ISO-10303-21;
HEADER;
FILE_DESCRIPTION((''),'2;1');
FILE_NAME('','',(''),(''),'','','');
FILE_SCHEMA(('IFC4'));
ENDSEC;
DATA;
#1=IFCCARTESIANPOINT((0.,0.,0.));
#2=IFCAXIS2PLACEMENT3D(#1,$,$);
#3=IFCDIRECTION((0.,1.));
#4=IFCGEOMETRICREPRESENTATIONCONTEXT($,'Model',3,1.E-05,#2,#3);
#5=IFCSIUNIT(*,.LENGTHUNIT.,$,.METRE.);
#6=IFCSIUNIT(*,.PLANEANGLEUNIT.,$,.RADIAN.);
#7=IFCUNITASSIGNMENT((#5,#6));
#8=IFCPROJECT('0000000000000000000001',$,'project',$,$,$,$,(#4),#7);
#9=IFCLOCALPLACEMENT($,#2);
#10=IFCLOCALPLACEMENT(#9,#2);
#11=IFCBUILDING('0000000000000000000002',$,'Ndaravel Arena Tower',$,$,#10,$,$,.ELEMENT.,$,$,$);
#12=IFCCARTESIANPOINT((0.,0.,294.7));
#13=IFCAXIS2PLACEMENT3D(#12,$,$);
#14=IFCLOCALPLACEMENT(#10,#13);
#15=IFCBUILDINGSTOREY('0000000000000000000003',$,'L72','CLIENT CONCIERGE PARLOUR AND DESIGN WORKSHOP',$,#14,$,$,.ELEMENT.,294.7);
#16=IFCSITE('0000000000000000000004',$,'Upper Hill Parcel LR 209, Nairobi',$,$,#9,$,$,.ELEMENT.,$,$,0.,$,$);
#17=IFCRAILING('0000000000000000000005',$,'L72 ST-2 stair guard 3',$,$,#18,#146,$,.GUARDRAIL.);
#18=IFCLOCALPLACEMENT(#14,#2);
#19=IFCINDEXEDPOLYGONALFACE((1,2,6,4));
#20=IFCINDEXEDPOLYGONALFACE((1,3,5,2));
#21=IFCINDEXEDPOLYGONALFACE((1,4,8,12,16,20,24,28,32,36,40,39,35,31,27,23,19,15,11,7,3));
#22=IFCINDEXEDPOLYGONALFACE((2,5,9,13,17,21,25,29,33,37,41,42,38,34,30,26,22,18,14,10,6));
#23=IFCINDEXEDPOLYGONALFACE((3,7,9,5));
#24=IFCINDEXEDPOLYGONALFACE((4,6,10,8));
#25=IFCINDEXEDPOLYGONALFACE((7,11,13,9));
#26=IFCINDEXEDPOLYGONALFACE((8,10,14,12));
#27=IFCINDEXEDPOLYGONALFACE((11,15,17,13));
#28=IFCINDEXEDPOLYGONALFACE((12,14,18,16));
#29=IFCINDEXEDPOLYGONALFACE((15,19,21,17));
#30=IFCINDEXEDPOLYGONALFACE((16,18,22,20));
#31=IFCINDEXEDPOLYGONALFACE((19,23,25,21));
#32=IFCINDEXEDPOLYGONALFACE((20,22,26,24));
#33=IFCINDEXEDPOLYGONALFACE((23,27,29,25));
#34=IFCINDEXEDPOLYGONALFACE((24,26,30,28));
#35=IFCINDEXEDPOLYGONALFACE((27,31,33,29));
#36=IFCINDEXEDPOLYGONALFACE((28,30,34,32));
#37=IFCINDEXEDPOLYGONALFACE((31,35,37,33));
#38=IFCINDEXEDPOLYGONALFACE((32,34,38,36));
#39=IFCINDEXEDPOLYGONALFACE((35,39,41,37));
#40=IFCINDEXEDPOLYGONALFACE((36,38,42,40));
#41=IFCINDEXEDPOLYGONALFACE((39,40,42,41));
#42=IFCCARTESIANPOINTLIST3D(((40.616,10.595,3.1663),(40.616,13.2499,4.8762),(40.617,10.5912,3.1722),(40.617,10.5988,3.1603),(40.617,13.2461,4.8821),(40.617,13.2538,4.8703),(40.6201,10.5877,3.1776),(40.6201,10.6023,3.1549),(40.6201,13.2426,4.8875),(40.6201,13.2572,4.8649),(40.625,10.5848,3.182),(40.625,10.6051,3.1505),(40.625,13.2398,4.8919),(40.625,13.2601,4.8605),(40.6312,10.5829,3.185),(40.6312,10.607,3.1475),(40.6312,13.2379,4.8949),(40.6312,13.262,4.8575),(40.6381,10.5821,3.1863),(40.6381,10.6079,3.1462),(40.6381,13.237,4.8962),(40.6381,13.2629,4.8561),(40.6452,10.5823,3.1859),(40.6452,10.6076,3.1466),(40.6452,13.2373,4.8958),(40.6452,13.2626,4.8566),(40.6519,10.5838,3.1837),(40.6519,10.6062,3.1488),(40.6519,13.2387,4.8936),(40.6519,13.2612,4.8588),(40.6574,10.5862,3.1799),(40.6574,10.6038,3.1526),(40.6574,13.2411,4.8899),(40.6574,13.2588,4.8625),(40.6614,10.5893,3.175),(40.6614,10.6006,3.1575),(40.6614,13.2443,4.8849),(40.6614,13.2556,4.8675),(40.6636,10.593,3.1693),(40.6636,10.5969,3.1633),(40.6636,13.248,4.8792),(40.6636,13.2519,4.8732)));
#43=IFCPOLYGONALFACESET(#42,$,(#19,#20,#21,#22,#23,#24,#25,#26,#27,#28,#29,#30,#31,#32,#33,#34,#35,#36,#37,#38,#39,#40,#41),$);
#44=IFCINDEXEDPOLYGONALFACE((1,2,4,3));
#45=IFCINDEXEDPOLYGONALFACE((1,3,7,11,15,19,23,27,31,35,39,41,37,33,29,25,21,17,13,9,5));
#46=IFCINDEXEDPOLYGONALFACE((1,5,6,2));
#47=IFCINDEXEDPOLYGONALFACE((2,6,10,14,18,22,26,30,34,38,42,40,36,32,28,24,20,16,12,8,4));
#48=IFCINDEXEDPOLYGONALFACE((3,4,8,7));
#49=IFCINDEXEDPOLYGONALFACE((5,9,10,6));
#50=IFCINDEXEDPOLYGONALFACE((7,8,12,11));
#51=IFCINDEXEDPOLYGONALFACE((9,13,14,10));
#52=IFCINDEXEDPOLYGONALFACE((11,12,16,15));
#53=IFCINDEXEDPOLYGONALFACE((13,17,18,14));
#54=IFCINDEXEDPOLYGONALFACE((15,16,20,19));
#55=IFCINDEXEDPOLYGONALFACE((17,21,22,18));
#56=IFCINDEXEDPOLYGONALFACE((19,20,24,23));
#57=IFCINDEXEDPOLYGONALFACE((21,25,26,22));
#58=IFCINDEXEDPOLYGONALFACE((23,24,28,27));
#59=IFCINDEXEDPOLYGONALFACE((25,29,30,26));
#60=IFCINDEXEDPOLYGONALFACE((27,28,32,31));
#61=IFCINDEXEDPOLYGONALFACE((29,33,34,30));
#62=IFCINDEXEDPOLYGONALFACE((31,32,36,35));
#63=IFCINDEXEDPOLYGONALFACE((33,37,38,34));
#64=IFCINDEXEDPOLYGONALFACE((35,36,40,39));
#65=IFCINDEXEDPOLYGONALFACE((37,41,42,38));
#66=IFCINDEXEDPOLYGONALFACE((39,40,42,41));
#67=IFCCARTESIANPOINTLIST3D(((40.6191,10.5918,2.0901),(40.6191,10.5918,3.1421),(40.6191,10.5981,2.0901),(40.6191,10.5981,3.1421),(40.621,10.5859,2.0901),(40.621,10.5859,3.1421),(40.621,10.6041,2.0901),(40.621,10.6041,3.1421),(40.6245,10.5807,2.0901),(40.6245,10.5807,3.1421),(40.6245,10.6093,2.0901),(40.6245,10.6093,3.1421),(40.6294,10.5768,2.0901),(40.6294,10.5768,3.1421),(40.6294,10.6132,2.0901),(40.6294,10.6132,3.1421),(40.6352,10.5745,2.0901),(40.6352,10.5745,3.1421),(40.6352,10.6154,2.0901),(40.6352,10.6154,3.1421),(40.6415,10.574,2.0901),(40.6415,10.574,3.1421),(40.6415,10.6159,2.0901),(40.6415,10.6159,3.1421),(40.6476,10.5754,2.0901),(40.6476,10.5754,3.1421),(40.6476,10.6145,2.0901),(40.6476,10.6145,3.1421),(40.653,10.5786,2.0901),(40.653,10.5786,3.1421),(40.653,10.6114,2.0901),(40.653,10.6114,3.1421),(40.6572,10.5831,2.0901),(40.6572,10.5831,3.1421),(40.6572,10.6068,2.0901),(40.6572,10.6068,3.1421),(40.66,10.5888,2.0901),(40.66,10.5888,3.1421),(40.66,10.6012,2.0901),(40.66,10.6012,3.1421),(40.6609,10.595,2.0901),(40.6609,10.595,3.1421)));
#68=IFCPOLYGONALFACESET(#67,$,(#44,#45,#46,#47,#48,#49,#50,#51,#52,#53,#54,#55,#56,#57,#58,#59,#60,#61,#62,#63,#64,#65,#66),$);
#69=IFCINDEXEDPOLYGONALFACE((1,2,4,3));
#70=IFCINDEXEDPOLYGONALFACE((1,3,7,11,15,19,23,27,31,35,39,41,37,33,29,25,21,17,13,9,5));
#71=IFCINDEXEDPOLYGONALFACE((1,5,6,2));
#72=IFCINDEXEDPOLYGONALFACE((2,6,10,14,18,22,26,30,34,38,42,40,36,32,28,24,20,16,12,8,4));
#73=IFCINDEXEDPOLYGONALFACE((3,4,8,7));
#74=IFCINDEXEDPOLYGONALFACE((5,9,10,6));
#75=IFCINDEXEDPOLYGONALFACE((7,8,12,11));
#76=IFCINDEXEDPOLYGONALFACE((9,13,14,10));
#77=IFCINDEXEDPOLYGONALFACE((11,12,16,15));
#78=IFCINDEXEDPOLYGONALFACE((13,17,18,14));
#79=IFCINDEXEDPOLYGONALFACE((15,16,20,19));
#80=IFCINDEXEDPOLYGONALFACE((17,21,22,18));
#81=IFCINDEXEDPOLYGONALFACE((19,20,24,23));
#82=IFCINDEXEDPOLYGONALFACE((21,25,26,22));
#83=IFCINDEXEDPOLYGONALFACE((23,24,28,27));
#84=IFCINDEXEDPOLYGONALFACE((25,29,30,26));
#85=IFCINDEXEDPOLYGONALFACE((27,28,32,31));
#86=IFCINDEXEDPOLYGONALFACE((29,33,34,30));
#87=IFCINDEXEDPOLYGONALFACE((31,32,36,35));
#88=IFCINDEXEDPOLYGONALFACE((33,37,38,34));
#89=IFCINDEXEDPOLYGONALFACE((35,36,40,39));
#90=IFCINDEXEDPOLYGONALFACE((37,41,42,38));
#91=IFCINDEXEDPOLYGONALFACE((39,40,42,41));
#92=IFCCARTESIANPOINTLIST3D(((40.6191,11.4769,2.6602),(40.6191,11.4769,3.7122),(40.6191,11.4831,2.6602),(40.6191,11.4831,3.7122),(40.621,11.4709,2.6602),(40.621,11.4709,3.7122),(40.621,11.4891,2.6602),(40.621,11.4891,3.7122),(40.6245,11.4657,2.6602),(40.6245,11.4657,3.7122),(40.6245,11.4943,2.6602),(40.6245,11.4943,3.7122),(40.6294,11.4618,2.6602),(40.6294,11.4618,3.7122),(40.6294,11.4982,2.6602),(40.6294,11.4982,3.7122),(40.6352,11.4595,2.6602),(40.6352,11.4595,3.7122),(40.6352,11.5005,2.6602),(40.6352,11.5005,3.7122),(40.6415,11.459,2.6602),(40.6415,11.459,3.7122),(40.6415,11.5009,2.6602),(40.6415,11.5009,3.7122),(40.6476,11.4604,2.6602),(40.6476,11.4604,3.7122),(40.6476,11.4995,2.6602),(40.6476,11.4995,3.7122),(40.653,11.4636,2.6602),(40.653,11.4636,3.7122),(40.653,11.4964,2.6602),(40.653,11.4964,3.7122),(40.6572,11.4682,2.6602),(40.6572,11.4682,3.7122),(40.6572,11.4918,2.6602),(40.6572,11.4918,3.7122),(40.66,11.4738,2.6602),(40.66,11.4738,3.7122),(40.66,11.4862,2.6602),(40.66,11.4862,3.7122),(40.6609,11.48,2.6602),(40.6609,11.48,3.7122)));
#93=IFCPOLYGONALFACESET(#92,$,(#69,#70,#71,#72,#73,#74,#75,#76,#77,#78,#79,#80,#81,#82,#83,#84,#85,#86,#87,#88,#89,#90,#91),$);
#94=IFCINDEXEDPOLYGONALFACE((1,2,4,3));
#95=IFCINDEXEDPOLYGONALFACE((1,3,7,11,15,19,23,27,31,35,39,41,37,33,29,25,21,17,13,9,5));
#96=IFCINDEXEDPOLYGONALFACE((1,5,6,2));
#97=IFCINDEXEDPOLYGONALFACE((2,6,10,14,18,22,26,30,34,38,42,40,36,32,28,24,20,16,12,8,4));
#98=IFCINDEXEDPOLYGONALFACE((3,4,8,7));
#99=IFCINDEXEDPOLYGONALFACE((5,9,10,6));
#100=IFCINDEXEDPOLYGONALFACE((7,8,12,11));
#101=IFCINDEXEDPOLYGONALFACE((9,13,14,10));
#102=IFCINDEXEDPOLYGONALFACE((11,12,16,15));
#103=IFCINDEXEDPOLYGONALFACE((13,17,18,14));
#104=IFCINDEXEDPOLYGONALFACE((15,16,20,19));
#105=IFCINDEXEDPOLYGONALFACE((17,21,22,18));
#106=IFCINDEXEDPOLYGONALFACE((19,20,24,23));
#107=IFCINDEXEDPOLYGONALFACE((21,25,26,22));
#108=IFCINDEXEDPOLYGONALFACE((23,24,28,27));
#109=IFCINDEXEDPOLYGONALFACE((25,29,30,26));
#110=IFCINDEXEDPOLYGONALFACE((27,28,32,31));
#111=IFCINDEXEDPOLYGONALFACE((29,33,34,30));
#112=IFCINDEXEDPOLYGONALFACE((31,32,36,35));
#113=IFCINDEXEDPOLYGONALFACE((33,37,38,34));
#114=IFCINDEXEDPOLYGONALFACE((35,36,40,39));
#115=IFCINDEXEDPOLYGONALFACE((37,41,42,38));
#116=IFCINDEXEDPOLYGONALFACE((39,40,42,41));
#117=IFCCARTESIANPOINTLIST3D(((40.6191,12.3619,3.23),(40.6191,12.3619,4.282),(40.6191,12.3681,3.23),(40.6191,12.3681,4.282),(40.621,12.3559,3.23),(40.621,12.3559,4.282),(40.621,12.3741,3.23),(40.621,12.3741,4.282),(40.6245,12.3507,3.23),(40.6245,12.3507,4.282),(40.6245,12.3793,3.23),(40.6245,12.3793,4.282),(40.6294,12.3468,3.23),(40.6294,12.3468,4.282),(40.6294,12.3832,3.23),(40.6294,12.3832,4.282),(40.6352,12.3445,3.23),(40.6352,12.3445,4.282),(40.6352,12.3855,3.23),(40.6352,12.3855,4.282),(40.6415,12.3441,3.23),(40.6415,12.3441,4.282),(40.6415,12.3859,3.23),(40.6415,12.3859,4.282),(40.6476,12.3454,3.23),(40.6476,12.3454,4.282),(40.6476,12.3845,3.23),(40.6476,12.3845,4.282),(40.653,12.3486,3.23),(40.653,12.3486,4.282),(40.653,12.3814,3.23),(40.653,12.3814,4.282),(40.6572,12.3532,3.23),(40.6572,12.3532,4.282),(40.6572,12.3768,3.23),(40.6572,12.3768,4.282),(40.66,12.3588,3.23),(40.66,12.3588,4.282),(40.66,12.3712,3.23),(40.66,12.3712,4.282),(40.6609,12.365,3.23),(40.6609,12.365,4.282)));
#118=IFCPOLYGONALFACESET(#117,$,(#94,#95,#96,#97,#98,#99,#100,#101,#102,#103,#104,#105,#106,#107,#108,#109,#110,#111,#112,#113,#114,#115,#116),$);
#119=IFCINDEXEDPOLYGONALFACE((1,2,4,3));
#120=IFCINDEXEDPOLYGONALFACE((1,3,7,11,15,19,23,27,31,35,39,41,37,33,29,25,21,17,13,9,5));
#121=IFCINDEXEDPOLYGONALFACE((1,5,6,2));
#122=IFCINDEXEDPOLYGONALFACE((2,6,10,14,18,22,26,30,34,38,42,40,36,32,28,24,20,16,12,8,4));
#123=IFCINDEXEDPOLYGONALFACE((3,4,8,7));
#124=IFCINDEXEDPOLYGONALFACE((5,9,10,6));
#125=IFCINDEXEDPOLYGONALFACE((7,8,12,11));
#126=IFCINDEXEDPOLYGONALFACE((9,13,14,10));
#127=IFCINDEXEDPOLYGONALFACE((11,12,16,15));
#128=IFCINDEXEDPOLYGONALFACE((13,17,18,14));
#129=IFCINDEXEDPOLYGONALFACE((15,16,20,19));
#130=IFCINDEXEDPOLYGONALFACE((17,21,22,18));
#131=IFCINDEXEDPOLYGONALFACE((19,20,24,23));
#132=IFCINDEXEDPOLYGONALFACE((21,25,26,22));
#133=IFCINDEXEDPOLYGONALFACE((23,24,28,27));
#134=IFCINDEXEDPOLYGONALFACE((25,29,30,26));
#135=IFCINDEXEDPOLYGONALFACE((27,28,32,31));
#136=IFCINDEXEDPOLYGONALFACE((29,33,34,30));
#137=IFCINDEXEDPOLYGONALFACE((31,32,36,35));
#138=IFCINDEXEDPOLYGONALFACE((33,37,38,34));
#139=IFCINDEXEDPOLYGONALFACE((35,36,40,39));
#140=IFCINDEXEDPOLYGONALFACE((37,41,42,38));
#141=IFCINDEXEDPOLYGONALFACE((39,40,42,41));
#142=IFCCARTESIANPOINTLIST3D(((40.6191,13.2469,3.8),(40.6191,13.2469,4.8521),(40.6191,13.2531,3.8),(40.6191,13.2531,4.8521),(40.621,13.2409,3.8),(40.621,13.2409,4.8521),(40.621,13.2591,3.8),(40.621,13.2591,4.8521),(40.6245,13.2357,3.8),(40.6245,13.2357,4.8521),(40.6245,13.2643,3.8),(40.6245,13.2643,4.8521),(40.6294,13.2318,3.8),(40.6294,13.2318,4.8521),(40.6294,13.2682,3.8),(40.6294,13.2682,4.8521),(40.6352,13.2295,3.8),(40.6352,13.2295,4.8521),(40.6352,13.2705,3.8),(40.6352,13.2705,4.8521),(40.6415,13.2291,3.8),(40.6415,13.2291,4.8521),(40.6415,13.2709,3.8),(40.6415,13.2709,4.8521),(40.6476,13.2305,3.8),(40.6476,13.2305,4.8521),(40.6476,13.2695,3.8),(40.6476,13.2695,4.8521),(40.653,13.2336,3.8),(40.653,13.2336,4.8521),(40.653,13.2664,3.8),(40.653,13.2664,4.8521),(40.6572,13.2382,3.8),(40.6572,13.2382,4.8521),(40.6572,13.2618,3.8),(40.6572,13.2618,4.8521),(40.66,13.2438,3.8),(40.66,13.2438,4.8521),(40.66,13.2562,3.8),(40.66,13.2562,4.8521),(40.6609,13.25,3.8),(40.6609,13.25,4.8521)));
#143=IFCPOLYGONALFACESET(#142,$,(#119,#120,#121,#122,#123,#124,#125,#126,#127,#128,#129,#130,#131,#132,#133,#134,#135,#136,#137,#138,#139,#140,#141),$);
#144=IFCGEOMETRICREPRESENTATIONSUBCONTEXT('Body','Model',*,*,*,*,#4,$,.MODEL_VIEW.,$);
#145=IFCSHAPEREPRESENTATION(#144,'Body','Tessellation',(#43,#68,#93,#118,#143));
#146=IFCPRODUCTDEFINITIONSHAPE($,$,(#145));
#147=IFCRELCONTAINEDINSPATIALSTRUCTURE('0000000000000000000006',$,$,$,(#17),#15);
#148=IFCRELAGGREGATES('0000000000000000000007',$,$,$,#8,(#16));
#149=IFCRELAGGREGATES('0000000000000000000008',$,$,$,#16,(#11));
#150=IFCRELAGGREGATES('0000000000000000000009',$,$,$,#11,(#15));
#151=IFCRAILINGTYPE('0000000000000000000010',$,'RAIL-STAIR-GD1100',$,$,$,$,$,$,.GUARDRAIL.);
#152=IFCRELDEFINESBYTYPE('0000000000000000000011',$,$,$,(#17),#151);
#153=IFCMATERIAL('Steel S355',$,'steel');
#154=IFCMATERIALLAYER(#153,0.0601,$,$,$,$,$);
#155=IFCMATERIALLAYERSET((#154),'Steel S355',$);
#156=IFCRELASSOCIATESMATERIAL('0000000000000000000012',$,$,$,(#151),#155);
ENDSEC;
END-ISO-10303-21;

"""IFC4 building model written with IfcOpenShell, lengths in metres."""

from ifc_helpers import new_model, si_unit, direction, frame, origin, origin_2d, place, context, subcontext, project, spatial, circle, extrude, material, layer, layer_set, type_object, element, save


model = new_model("IFC4")

# Units and contexts
model_context = context("Model", 3, precision=1e-05, world=origin(), true_north=direction((0.0, 1.0)))
body_context = subcontext(model_context, "Body", "Model", "MODEL_VIEW")
ifc_project = project(units=[si_unit("LENGTHUNIT", "METRE"), si_unit("PLANEANGLEUNIT", "RADIAN")], contexts=[model_context])

# Site, building, storey
site_placement = place(None, origin())
site = spatial("IfcSite", under=ifc_project, at=site_placement, Name="Upper Hill Parcel LR 209, Nairobi", CompositionType="ELEMENT", RefElevation=0.0)
building_placement = place(site_placement, origin())
building = spatial("IfcBuilding", under=site, at=building_placement, Name="Ndaravel Arena Tower", CompositionType="ELEMENT")
storey_placement = place(building_placement, frame((0.0, 0.0, 294.7)))
storey = spatial("IfcBuildingStorey", under=building, at=storey_placement, Name="L72", Description="CLIENT CONCIERGE PARLOUR AND DESIGN WORKSHOP", CompositionType="ELEMENT", Elevation=294.7)

# Railing
ifc_material_1 = material(Name="Steel S355", Category="steel")
ifc_layer_1 = layer(ifc_material_1, 0.0601)
ifc_layer_set_1 = layer_set([ifc_layer_1], Name="Steel S355")
railing_type_1 = type_object("IfcRailingType", Name="RAIL-STAIR-GD1100", PredefinedType="GUARDRAIL", material=ifc_layer_set_1)
railing_1_placement = place(storey_placement, frame((40.6399, 10.595, 2.0901)))
element("IfcRailing", 1, at=railing_1_placement, inside=storey, type_object=railing_type_1, Name="L72 ST-2 stair guard 3", PredefinedType="GUARDRAIL", context=body_context, shape_type="SweptSolid", body=[
    extrude(circle(Radius=0.0239, at=origin_2d()), frame((0.0, 0.0, 1.0762), z_axis=(0.0, 0.840724, 0.541465), x_axis=(-1.0, 0.0, 0.0)), (0.0, 0.0, 1.0), 3.158),
    extrude(circle(Radius=0.021, at=origin_2d()), origin(), (0.0, 0.0, 1.0), 1.052),
    extrude(circle(Radius=0.021, at=origin_2d()), frame((0.0, 0.885, 0.5701)), (0.0, 0.0, 1.0), 1.052),
    extrude(circle(Radius=0.021, at=origin_2d()), frame((0.0, 1.77, 1.1399)), (0.0, 0.0, 1.0), 1.052),
    extrude(circle(Radius=0.021, at=origin_2d()), frame((0.0, 2.655, 1.71)), (0.0, 0.0, 1.0), 1.052),
])

save(model, "model.ifc")
